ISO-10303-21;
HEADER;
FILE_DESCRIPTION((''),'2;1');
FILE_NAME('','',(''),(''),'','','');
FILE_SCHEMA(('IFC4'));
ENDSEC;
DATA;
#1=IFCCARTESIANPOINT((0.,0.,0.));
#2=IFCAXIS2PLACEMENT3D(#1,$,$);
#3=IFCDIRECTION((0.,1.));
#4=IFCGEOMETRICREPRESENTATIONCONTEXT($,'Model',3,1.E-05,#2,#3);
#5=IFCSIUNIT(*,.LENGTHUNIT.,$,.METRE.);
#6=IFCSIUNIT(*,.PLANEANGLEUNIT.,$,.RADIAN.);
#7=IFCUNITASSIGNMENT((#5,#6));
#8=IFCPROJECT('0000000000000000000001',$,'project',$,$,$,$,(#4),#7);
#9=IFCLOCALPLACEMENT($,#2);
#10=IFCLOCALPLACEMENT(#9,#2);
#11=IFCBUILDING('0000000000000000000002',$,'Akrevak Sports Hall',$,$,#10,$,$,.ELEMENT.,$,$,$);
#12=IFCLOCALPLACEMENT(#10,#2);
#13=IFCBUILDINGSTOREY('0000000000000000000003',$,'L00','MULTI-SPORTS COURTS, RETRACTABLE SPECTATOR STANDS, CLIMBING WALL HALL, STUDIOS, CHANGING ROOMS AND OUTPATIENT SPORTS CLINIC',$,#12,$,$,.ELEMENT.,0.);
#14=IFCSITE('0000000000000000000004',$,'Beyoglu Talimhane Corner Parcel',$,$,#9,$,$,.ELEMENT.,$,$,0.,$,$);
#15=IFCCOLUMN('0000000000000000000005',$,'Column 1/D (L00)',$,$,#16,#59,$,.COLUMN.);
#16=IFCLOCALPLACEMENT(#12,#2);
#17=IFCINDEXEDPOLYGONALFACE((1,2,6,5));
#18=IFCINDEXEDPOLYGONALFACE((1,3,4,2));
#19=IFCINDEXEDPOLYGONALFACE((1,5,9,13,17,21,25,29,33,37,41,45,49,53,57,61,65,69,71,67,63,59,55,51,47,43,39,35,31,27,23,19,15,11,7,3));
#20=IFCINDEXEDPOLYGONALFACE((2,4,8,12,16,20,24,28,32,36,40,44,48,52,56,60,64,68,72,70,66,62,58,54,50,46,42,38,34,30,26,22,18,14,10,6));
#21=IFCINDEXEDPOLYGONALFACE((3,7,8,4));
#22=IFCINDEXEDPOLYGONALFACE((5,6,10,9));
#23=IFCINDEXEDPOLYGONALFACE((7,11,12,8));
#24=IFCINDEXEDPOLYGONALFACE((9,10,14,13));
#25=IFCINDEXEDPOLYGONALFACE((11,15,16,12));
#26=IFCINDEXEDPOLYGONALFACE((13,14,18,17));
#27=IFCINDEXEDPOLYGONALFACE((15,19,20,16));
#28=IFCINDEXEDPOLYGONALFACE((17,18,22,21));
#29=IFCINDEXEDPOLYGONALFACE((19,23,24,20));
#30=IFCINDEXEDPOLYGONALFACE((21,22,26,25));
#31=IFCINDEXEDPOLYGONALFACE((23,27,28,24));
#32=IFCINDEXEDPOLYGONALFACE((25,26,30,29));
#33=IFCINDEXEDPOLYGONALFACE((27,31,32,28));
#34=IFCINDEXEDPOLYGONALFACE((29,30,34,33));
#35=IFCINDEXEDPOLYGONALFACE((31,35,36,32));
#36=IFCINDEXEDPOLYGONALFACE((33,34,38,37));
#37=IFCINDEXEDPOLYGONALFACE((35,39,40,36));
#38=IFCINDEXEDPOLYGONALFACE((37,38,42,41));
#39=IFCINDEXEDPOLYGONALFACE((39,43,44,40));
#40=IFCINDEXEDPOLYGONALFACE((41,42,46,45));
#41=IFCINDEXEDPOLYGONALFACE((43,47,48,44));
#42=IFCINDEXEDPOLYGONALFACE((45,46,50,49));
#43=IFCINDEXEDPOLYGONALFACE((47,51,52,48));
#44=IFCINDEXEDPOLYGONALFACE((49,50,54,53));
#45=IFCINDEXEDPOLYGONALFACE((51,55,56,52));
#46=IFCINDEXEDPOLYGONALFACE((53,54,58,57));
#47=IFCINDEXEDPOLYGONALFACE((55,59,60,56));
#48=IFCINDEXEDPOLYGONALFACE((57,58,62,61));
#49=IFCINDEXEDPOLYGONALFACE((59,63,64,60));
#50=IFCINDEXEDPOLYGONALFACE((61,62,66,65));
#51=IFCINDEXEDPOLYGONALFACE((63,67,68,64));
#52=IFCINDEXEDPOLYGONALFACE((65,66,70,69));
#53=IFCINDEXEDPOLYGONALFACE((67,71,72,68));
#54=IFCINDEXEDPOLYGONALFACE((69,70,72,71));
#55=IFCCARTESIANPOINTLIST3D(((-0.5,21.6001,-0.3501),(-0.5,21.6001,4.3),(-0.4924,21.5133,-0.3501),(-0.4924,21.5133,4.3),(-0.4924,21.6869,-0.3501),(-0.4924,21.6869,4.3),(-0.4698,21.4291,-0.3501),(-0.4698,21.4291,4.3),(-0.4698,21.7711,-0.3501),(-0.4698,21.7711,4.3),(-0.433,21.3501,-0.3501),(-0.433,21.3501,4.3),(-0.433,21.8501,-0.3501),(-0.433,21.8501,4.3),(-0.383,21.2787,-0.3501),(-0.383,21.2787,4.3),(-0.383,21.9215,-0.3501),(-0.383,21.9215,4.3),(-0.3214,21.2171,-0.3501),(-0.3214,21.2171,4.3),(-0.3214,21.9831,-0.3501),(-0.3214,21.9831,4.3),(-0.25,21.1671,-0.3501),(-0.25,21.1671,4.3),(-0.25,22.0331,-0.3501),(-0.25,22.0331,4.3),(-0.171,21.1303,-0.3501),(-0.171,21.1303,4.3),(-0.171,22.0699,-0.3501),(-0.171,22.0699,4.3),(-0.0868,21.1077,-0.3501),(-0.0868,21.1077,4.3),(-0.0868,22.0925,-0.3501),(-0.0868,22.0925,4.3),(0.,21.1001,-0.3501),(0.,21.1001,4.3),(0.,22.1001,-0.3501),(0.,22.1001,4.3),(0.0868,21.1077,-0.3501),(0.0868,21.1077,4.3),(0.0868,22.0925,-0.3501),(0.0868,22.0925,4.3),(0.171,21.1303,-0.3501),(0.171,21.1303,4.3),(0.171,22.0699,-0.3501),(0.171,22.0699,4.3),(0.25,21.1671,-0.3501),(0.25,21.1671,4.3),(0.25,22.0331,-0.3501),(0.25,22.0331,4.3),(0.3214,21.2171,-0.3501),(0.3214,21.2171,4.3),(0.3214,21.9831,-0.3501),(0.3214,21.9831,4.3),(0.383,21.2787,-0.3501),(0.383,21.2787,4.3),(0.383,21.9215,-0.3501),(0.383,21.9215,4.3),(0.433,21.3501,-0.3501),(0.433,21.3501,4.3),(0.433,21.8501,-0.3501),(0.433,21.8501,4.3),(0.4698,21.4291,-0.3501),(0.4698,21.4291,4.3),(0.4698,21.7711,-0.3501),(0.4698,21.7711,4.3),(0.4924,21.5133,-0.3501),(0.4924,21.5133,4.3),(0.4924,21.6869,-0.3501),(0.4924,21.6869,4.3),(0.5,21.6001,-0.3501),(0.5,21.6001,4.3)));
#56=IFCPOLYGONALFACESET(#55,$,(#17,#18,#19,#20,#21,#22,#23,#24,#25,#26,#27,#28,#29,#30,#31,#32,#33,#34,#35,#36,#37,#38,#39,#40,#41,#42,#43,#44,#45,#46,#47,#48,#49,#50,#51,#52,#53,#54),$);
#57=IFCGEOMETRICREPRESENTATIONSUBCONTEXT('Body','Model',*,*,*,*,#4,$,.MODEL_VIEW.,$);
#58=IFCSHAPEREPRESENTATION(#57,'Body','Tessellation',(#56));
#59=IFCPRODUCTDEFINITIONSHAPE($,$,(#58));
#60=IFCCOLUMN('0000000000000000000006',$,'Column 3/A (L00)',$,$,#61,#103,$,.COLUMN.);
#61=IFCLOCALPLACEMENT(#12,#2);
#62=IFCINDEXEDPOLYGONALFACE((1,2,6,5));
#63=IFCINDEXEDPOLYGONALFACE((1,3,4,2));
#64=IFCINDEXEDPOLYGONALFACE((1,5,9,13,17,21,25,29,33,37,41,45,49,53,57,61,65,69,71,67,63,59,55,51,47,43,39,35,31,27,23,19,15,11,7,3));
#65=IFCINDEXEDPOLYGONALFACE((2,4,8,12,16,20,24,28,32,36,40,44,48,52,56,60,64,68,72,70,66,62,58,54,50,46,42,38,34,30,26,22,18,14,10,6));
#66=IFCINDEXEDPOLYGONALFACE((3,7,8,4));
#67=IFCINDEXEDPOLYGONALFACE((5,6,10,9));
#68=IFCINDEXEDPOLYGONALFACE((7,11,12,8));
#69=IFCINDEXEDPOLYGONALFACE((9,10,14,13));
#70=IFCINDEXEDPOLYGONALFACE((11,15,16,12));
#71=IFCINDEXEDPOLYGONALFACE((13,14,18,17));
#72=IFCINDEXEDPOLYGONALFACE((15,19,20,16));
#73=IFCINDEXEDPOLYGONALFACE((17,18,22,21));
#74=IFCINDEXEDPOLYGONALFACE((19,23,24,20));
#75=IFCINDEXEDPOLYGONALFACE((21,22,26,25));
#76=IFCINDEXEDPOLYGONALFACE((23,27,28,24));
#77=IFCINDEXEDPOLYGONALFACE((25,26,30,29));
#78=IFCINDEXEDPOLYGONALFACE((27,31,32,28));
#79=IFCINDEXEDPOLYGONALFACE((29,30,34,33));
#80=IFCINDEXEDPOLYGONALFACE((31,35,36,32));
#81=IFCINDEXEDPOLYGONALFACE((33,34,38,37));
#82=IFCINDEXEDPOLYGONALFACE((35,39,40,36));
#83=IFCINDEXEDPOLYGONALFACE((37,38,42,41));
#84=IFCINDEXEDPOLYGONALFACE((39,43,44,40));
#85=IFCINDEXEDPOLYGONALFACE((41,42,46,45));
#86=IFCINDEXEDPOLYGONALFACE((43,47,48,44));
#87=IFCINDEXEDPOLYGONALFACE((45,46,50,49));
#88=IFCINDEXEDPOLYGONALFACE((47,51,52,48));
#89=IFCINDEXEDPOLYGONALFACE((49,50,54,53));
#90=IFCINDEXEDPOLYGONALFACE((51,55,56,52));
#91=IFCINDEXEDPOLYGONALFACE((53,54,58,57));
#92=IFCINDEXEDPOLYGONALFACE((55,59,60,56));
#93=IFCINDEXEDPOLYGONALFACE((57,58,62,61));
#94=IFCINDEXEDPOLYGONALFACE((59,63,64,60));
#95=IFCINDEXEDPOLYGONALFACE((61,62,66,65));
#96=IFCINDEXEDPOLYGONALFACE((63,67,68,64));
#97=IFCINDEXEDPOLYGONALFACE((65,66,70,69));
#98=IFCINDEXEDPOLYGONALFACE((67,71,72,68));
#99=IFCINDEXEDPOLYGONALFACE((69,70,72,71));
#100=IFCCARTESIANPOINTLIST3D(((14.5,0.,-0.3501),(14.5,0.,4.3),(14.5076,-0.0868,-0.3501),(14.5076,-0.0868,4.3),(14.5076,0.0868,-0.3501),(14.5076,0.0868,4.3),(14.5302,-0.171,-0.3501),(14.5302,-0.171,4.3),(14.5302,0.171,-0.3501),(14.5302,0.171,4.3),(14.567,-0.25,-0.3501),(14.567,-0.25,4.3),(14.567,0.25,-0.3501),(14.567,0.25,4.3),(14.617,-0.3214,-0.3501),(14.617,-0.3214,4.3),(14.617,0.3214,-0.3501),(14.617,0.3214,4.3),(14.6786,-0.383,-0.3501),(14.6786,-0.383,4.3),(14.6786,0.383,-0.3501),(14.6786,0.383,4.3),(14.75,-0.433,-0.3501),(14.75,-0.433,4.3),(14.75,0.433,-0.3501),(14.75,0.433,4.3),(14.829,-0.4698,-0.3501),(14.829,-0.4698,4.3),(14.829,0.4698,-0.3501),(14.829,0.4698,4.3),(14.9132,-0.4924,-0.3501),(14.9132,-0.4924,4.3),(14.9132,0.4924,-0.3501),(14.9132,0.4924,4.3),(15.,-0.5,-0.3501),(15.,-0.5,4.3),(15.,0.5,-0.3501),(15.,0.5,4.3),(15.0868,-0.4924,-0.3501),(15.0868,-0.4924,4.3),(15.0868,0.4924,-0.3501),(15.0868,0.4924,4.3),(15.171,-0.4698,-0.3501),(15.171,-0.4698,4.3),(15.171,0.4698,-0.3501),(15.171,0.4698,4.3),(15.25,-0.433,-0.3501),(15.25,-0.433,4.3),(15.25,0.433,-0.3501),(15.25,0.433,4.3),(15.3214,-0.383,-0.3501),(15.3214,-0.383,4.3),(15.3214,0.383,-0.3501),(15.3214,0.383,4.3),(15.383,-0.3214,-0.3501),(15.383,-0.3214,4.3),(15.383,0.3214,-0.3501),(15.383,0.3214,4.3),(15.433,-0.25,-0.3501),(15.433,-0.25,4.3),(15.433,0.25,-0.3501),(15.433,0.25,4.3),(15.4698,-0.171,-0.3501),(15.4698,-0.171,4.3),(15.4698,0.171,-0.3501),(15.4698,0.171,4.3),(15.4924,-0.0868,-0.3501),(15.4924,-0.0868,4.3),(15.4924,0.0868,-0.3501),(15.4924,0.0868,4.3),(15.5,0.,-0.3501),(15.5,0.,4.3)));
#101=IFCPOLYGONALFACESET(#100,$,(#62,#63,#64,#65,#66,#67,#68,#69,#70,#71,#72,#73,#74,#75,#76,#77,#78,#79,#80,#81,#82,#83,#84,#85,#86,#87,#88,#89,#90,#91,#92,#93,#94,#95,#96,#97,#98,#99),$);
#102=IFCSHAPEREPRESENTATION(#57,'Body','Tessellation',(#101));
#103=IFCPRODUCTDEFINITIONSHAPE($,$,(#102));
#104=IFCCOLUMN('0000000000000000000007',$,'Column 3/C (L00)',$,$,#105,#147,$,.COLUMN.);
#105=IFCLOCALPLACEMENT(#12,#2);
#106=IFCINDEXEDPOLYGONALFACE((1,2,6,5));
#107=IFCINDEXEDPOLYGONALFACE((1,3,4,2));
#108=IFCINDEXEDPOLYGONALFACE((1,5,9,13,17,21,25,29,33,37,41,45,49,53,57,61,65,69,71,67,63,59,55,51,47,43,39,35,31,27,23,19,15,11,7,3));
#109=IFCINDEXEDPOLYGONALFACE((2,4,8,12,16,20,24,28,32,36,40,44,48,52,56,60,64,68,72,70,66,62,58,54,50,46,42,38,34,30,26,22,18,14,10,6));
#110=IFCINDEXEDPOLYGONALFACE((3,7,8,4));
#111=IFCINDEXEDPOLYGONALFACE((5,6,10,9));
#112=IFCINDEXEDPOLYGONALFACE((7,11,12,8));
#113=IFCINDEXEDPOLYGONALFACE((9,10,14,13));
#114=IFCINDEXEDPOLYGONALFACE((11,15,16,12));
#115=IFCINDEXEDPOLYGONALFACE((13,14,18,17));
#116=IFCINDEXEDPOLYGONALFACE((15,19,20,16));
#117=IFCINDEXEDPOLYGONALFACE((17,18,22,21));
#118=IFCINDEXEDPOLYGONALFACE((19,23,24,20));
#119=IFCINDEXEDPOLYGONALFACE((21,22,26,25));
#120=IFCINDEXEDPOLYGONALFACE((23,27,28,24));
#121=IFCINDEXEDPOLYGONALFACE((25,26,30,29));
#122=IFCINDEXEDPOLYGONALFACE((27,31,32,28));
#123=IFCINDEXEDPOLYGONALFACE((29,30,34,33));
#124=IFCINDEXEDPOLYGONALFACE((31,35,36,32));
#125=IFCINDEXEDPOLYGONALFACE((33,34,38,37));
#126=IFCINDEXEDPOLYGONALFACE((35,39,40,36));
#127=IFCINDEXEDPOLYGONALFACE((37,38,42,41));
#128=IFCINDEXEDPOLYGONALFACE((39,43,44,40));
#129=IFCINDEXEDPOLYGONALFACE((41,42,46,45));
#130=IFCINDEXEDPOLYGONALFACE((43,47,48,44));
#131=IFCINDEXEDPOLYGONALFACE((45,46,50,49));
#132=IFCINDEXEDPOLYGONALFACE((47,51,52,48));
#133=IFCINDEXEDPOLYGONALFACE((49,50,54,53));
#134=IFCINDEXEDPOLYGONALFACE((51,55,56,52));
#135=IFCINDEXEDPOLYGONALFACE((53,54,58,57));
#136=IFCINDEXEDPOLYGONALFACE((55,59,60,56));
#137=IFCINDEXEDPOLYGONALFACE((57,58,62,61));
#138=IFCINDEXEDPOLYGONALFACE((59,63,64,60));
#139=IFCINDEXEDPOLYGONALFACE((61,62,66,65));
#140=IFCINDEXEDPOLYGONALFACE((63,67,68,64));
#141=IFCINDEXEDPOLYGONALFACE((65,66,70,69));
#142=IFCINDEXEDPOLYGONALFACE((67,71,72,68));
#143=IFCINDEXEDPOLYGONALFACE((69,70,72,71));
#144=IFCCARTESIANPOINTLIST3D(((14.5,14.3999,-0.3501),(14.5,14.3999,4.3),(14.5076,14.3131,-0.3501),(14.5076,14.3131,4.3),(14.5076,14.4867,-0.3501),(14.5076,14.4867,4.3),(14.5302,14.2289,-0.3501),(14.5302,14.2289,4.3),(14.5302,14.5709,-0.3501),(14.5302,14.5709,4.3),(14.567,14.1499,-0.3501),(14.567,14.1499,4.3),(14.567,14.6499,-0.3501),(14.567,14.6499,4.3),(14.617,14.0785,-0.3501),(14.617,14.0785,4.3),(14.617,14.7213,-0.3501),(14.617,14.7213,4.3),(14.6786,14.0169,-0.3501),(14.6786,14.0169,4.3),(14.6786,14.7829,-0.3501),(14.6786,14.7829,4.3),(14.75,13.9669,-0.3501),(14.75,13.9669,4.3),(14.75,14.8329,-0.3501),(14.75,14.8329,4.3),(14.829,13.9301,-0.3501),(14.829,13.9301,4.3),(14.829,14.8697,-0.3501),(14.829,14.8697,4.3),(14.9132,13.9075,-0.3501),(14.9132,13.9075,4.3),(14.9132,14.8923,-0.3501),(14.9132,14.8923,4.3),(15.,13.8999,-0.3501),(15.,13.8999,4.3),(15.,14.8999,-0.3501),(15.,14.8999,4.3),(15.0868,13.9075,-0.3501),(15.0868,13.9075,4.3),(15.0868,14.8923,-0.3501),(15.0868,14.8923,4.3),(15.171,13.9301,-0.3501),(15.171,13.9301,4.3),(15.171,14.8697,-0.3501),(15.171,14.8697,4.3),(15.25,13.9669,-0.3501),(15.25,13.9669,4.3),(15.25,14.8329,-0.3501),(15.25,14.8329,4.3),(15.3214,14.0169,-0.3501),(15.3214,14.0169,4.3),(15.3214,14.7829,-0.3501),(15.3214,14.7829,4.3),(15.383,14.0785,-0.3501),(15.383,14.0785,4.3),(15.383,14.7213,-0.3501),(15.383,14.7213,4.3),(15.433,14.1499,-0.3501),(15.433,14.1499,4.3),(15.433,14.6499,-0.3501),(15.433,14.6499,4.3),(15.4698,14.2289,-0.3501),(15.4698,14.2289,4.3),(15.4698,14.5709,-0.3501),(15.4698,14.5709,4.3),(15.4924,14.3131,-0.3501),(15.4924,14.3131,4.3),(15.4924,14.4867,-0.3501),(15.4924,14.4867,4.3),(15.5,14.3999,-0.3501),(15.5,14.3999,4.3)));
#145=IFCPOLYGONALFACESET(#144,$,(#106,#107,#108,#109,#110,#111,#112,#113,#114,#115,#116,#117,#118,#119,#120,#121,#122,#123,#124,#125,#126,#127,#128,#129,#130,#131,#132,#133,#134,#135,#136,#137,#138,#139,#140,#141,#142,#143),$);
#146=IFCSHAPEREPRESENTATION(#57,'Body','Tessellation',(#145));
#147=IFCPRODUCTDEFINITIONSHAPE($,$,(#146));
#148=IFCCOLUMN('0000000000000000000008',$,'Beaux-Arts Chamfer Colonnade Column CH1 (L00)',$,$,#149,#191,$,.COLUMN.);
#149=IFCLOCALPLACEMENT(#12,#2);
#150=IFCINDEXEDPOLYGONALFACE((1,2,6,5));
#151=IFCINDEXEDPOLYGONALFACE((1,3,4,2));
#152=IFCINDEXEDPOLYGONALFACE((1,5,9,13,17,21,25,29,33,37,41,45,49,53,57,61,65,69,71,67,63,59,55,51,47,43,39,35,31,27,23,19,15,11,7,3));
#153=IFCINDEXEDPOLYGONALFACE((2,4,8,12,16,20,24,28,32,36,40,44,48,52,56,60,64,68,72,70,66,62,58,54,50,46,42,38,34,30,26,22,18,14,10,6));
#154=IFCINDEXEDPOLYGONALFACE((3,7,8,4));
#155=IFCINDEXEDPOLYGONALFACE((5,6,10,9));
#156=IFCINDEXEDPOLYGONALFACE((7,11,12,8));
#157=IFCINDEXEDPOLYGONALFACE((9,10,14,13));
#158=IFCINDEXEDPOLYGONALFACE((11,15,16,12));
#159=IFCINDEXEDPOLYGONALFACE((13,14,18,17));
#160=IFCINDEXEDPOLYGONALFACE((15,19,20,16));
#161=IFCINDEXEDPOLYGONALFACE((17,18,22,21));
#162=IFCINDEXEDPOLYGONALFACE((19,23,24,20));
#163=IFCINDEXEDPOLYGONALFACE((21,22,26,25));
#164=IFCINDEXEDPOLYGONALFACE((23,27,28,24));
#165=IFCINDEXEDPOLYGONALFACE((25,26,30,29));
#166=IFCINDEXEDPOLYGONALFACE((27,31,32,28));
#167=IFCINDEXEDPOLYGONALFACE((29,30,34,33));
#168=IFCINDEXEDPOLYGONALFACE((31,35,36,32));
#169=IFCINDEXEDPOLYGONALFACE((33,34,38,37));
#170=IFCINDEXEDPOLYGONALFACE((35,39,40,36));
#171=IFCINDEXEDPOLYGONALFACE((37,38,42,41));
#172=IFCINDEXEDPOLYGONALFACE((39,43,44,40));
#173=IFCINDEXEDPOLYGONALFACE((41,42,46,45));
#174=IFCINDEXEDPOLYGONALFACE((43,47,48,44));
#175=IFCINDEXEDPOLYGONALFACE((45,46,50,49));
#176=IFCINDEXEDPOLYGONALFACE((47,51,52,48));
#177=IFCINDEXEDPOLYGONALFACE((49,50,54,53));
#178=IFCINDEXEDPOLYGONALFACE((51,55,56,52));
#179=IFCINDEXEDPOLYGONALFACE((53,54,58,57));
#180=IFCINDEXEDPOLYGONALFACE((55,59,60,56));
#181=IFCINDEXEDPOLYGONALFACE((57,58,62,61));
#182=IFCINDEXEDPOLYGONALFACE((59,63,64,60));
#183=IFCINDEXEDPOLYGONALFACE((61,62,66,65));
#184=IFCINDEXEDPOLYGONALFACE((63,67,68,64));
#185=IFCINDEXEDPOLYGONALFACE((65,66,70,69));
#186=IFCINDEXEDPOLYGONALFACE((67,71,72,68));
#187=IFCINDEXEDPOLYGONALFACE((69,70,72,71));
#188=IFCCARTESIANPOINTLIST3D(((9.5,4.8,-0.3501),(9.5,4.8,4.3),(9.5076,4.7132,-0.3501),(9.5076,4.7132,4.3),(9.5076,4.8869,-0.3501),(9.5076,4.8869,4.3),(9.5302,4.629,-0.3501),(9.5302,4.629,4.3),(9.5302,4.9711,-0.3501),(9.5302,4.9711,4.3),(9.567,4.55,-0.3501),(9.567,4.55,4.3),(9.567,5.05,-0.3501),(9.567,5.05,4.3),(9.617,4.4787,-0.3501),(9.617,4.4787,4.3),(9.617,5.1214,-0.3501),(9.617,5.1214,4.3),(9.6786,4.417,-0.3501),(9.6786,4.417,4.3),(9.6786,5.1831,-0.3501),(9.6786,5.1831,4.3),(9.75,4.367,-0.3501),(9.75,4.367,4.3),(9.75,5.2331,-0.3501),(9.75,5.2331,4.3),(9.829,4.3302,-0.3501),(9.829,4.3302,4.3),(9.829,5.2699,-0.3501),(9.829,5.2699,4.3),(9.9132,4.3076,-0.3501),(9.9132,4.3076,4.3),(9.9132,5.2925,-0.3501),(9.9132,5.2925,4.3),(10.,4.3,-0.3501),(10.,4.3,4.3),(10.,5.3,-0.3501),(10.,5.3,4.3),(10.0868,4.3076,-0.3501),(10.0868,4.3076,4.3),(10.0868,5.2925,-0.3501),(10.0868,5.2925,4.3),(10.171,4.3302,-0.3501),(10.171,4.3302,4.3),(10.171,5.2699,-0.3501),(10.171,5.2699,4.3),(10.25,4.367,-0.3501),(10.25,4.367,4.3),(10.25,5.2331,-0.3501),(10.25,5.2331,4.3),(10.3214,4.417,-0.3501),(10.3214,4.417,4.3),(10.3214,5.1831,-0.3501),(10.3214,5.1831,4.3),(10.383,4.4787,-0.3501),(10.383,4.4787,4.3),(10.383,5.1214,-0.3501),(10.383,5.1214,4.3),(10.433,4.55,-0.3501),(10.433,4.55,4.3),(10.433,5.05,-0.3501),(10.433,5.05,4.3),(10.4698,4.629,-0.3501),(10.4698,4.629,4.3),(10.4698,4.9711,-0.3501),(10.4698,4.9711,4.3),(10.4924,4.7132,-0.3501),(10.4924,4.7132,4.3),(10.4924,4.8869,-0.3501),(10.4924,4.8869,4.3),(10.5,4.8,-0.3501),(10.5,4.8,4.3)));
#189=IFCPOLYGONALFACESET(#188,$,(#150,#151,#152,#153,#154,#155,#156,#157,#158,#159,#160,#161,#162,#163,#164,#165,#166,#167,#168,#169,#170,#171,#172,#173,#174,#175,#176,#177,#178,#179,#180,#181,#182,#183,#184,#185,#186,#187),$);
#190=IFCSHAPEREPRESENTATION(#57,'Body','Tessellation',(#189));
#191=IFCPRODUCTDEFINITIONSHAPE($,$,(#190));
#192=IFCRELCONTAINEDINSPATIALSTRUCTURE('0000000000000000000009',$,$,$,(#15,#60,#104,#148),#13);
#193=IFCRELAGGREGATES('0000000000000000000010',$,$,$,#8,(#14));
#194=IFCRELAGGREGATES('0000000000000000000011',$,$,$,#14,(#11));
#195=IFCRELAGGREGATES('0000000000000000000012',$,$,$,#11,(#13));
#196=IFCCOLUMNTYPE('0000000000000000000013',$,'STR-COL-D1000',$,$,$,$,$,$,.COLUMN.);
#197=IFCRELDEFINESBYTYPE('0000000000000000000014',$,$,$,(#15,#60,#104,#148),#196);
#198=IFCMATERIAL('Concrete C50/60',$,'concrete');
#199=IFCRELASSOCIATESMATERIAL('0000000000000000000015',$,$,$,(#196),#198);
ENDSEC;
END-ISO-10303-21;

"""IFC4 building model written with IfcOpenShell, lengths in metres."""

from ifc_helpers import new_model, si_unit, direction, frame, origin, origin_2d, place, context, subcontext, project, spatial, circle, extrude, material, material_profile, profile_set, type_object, element, save


model = new_model("IFC4")

# Units and contexts
model_context = context("Model", 3, precision=1e-05, world=origin(), true_north=direction((0.0, 1.0)))
body_context = subcontext(model_context, "Body", "Model", "MODEL_VIEW")
ifc_project = project(units=[si_unit("LENGTHUNIT", "METRE"), si_unit("PLANEANGLEUNIT", "RADIAN")], contexts=[model_context])

# Site, building, storey
site_placement = place(None, origin())
site = spatial("IfcSite", under=ifc_project, at=site_placement, Name="Beyoglu Talimhane Corner Parcel", CompositionType="ELEMENT", RefElevation=0.0)
building_placement = place(site_placement, origin())
building = spatial("IfcBuilding", under=site, at=building_placement, Name="Akrevak Sports Hall", CompositionType="ELEMENT")
storey_placement = place(building_placement, origin())
storey = spatial("IfcBuildingStorey", under=building, at=storey_placement, Name="L00", Description="MULTI-SPORTS COURTS, RETRACTABLE SPECTATOR STANDS, CLIMBING WALL HALL, STUDIOS, CHANGING ROOMS AND OUTPATIENT SPORTS CLINIC", CompositionType="ELEMENT", Elevation=0.0)

# Columns
ifc_material_1 = material(Name="Concrete C50/60", Category="concrete")
ifc_material_profile_1 = material_profile(ifc_material_1, circle(Radius=0.5, at=origin_2d()), Name="COL D1000", Category="concrete")
ifc_profile_set_1 = profile_set([ifc_material_profile_1], Name="Concrete C50/60")
column_type = type_object("IfcColumnType", Name="STR-COL-D1000", PredefinedType="COLUMN", material=ifc_profile_set_1)
for number, where, z_axis, x_axis, name in (
    (1, (0.0, 21.6001, -0.3501), (0.0, 0.0, 1.0), (1.0, 0.0, 0.0), "Column 1/D (L00)"),
    (2, (15.0, 0.0, -0.3501), (0.0, 0.0, 1.0), (1.0, 0.0, 0.0), "Column 3/A (L00)"),
    (3, (15.0, 14.3999, -0.3501), (0.0, 0.0, 1.0), (1.0, 0.0, 0.0), "Column 3/C (L00)"),
    (4, (10.0, 4.8, -0.3501), (0.0, 0.0, 1.0), (1.0, 0.0, 0.0), "Beaux-Arts Chamfer Colonnade Column CH1 (L00)"),
):
    element("IfcColumn", number, at=place(storey_placement, frame(where, z_axis=z_axis, x_axis=x_axis)), inside=storey, type_object=column_type, Name=name, PredefinedType="COLUMN", context=body_context, shape_type="SweptSolid", body=[
        extrude(circle(Radius=0.5, at=origin_2d()), origin(), (0.0, 0.0, 1.0), 4.6501),
    ])

save(model, "model.ifc")
